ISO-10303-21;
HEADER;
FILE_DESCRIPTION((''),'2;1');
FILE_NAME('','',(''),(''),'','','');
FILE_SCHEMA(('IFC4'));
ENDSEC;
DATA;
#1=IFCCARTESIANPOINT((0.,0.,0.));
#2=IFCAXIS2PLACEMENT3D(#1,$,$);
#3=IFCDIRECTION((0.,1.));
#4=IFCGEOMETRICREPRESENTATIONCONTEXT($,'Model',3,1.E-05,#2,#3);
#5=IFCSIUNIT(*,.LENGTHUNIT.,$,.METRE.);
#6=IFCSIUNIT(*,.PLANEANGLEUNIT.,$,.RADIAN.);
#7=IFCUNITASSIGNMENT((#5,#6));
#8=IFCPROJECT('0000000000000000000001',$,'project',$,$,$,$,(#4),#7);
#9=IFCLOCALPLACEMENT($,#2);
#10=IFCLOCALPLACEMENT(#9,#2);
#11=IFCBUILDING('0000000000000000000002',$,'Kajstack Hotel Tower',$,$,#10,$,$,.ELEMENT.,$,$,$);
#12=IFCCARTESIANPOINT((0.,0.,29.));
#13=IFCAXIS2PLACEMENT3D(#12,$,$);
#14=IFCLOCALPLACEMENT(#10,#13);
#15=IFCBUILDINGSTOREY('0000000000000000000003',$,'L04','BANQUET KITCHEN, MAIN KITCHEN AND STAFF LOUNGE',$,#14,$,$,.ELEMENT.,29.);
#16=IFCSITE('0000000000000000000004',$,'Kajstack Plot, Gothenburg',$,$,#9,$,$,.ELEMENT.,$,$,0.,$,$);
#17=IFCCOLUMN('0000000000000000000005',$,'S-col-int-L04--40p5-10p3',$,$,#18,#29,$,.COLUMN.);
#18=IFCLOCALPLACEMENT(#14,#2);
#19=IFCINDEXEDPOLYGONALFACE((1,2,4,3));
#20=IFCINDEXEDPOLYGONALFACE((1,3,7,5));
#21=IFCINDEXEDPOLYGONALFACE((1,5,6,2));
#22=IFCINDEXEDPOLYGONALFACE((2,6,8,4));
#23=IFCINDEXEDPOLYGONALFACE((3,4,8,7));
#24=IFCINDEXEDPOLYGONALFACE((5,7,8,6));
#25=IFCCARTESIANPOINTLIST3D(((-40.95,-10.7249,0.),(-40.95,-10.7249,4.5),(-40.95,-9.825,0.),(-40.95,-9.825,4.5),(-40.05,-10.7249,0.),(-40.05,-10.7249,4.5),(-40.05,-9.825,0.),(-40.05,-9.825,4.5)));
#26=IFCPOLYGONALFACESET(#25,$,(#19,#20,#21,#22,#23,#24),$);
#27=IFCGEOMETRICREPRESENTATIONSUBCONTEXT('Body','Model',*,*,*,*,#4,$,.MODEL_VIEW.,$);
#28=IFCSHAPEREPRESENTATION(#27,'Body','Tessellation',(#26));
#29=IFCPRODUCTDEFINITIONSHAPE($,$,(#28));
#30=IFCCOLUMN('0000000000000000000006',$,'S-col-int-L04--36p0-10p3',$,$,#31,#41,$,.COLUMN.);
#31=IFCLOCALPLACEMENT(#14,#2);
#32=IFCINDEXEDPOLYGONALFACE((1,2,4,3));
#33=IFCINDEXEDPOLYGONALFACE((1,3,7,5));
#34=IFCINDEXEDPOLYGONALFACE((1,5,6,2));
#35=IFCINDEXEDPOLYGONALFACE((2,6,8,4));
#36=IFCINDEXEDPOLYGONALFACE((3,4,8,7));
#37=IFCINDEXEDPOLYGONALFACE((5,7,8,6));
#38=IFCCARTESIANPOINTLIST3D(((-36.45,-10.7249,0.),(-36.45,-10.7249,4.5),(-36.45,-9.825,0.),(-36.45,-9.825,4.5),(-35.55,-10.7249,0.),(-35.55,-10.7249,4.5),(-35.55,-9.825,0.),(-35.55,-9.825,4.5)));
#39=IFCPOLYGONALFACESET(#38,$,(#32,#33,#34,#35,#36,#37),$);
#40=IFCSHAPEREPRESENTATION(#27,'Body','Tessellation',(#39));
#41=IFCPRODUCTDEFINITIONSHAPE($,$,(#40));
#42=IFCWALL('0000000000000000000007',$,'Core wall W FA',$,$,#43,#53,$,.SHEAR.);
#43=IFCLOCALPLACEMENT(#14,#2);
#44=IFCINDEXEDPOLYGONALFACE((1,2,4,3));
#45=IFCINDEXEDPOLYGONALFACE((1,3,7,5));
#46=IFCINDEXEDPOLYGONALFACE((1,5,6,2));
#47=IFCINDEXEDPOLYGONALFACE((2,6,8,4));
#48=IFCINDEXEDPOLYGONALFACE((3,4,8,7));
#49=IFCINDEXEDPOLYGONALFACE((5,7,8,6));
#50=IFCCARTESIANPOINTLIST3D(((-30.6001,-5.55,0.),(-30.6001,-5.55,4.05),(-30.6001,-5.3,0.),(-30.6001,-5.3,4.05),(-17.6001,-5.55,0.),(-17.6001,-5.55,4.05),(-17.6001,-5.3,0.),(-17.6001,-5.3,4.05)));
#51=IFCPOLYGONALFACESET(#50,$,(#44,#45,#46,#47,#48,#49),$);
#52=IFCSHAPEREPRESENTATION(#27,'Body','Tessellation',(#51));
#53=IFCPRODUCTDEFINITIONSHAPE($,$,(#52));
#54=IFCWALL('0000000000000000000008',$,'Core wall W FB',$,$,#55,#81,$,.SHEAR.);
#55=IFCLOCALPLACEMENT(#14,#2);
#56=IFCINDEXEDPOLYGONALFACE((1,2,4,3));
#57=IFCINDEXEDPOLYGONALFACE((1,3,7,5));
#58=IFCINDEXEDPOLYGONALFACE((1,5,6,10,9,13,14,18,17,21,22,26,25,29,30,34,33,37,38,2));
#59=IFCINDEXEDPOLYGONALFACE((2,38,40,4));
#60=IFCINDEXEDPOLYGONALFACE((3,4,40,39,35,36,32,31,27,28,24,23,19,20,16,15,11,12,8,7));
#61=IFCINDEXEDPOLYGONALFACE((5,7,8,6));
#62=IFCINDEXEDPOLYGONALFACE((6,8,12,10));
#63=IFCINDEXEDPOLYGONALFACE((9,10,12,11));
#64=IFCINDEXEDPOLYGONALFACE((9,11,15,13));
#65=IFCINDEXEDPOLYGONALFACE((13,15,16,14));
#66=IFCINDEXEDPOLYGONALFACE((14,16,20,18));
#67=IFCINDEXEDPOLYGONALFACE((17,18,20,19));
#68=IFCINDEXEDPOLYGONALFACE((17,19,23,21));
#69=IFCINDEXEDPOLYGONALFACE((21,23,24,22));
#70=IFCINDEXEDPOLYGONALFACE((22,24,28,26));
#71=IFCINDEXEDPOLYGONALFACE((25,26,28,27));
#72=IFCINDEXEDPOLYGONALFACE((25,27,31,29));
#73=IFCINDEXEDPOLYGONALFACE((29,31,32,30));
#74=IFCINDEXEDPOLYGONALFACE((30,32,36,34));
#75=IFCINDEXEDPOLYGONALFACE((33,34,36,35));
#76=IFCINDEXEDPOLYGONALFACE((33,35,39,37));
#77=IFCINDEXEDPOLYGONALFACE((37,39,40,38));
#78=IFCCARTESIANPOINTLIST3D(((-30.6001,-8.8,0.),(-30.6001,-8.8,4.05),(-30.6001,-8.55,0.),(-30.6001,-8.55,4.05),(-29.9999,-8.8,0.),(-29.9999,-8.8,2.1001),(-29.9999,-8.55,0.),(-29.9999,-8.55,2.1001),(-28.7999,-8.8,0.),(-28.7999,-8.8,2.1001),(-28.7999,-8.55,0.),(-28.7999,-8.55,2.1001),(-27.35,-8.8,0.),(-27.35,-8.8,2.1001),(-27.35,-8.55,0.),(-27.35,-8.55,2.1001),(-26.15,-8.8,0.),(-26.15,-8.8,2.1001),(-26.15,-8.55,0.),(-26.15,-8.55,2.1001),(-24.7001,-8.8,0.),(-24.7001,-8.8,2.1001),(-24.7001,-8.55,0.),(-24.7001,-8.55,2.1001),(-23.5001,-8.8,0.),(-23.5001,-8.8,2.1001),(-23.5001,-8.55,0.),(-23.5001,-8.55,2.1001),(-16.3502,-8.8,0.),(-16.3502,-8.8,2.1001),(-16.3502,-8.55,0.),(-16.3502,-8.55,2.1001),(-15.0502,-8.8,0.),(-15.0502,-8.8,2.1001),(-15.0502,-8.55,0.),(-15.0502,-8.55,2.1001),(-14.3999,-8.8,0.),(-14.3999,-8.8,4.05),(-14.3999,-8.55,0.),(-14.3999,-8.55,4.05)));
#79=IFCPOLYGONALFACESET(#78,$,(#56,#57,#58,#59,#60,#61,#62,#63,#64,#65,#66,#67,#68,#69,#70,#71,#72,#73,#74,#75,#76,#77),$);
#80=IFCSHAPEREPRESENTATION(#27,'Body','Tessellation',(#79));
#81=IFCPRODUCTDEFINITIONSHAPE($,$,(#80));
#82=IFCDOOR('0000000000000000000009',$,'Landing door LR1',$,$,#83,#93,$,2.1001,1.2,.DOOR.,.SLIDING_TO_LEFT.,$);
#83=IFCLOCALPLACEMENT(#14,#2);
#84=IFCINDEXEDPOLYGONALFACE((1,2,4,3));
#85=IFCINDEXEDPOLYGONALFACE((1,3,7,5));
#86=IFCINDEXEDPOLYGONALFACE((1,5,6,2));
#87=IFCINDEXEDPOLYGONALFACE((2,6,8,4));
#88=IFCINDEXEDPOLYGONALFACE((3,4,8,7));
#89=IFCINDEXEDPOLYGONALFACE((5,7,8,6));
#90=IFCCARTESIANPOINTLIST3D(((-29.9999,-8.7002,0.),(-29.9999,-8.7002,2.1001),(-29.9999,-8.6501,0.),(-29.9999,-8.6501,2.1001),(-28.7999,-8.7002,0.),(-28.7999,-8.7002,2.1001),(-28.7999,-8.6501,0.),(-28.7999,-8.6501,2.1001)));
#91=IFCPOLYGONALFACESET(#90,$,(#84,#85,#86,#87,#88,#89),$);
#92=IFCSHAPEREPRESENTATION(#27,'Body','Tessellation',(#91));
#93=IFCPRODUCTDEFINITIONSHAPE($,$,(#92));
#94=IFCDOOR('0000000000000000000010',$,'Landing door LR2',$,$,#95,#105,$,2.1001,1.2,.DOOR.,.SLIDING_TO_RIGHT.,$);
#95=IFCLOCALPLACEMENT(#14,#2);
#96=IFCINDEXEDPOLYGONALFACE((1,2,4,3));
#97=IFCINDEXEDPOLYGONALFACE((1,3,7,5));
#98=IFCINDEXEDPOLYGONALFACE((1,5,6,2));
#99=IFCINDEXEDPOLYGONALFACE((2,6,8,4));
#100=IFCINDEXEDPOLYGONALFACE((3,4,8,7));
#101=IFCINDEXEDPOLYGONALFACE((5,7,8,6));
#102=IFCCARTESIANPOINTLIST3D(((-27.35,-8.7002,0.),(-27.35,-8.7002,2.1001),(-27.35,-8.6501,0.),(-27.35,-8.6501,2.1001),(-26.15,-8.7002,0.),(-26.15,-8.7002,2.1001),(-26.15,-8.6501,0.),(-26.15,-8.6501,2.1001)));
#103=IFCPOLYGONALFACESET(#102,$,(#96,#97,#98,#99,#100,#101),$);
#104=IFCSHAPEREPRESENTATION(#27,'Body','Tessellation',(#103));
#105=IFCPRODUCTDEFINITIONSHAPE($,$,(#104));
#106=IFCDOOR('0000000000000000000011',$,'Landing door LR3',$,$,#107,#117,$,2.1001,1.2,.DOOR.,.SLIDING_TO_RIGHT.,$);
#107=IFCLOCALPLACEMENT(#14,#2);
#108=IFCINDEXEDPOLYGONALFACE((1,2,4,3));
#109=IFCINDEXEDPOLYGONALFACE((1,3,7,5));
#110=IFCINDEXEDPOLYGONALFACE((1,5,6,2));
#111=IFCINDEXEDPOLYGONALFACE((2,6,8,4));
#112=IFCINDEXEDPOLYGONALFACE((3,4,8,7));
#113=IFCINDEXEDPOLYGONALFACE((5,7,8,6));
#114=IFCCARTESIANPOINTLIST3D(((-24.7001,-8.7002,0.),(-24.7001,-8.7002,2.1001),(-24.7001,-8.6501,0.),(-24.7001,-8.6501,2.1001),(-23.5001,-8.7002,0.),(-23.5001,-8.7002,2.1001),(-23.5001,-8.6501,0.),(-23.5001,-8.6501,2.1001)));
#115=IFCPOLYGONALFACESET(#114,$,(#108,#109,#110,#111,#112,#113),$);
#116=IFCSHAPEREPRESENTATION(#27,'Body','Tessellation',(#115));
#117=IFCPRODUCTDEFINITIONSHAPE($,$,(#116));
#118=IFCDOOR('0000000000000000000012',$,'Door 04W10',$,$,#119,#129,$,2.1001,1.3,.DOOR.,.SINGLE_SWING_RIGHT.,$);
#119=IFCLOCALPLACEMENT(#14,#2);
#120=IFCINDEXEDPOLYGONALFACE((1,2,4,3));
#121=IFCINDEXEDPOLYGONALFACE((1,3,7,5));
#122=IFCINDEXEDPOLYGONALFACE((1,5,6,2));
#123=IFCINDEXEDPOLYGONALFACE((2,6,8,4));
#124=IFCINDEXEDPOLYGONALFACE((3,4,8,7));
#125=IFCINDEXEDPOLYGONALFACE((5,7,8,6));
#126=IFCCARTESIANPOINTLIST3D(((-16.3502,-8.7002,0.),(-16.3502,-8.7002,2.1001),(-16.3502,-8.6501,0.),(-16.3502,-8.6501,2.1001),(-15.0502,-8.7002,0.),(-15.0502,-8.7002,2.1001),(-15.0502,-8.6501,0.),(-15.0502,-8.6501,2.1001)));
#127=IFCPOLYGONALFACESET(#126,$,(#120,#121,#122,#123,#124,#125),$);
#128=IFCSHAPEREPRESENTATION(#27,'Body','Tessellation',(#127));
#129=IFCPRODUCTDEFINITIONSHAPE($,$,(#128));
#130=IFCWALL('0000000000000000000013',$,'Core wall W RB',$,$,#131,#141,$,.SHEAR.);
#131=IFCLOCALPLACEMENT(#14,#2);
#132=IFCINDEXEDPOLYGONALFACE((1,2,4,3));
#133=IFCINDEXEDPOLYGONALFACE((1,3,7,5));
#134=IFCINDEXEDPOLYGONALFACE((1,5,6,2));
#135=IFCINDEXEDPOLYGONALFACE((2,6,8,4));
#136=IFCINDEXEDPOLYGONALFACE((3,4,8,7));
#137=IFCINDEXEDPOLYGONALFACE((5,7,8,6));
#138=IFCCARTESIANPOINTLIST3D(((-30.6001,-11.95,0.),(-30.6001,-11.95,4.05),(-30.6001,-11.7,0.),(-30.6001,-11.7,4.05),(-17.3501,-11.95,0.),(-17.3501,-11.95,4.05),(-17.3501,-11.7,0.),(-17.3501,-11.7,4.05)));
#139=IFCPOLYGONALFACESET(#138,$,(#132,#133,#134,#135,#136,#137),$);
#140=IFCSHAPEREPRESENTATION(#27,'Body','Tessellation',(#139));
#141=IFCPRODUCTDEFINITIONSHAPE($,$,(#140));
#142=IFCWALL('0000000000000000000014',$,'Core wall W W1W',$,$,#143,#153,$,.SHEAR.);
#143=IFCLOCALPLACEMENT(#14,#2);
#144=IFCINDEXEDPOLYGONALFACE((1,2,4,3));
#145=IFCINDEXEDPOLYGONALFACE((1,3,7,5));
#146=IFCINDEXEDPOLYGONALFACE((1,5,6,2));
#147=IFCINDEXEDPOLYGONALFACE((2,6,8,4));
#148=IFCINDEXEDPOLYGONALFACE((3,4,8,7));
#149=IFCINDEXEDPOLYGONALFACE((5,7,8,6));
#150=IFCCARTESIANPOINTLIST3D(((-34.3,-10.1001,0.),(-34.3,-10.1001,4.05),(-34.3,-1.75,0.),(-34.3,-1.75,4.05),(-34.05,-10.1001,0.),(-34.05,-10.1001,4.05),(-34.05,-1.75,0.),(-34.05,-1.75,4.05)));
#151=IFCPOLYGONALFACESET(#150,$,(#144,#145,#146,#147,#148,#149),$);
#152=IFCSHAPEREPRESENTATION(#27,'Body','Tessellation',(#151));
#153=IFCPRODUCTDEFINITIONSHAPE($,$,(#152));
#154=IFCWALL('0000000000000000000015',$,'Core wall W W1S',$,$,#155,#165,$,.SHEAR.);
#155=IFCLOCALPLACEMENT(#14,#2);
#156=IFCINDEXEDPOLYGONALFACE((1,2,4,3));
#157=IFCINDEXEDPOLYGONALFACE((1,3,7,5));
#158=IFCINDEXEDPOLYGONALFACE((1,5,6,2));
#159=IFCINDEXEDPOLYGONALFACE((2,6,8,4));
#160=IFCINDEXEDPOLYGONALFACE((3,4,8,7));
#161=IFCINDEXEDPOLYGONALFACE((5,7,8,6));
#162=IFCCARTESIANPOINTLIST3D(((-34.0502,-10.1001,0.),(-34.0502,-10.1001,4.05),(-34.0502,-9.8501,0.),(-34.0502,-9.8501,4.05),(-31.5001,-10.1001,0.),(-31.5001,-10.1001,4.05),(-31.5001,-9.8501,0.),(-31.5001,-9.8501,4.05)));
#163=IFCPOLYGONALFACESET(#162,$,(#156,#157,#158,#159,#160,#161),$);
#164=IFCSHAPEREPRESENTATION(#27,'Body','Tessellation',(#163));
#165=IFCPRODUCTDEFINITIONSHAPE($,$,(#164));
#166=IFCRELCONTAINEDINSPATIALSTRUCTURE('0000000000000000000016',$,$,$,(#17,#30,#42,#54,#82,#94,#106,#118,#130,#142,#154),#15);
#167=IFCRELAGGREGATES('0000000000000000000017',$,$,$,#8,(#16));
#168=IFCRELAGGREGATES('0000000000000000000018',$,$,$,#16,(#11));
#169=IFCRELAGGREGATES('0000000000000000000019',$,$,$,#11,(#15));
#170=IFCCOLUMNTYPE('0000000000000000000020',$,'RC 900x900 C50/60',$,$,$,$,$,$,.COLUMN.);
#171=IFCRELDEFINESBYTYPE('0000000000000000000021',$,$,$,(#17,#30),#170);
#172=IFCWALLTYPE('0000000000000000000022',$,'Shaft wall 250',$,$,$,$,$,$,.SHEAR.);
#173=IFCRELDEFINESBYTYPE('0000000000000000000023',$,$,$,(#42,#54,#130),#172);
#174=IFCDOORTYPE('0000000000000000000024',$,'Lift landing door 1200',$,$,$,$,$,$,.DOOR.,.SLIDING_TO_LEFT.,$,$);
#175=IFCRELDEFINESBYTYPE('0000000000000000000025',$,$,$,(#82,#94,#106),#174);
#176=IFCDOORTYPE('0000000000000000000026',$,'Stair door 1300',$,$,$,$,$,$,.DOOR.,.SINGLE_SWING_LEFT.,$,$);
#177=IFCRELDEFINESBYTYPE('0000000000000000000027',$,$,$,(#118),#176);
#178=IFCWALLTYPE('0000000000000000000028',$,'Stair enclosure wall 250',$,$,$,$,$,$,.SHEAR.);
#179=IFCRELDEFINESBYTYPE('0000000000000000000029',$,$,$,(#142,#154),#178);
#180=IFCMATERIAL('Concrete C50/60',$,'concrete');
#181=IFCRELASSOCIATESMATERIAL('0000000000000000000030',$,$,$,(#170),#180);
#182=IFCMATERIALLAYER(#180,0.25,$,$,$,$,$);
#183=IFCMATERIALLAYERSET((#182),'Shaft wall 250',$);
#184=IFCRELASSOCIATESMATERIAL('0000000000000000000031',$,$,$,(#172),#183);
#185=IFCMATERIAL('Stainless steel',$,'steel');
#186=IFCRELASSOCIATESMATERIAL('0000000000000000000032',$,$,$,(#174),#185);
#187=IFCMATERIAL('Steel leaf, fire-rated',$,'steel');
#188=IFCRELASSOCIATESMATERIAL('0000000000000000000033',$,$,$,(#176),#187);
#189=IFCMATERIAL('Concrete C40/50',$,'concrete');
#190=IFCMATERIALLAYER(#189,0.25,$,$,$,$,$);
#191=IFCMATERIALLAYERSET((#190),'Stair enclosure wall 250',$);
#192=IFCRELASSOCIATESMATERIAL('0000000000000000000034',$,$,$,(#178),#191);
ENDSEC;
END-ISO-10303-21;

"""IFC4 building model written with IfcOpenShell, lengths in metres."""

from ifc_helpers import new_model, si_unit, direction, frame, frame_2d, origin, origin_2d, place, context, subcontext, project, spatial, rectangle, extrude, material, layer, layer_set, material_profile, profile_set, type_object, element, fill, save


model = new_model("IFC4")

# Units and contexts
model_context = context("Model", 3, precision=1e-05, world=origin(), true_north=direction((0.0, 1.0)))
body_context = subcontext(model_context, "Body", "Model", "MODEL_VIEW")
ifc_project = project(units=[si_unit("LENGTHUNIT", "METRE"), si_unit("PLANEANGLEUNIT", "RADIAN")], contexts=[model_context])

# Site, building, storey
site_placement = place(None, origin())
site = spatial("IfcSite", under=ifc_project, at=site_placement, Name="Kajstack Plot, Gothenburg", CompositionType="ELEMENT", RefElevation=0.0)
building_placement = place(site_placement, origin())
building = spatial("IfcBuilding", under=site, at=building_placement, Name="Kajstack Hotel Tower", CompositionType="ELEMENT")
storey_placement = place(building_placement, frame((0.0, 0.0, 29.0)))
storey = spatial("IfcBuildingStorey", under=building, at=storey_placement, Name="L04", Description="BANQUET KITCHEN, MAIN KITCHEN AND STAFF LOUNGE", CompositionType="ELEMENT", Elevation=29.0)

# Columns
ifc_material_1 = material(Name="Concrete C50/60", Category="concrete")
ifc_material_profile = material_profile(ifc_material_1, rectangle(XDim=0.8999, YDim=0.8999, at=origin_2d()), Name="RC 900x900")
ifc_profile_set = profile_set([ifc_material_profile], Name="Concrete C50/60")
column_type = type_object("IfcColumnType", Name="RC 900x900 C50/60", PredefinedType="COLUMN", material=ifc_profile_set)
for number, where, z_axis, x_axis, name in (
    (1, (-40.5, -10.2749, 0.0), (0.0, 0.0, 1.0), (1.0, 0.0, 0.0), "S-col-int-L04--40p5-10p3"),
    (2, (-36.0, -10.2749, 0.0), (0.0, 0.0, 1.0), (1.0, 0.0, 0.0), "S-col-int-L04--36p0-10p3"),
):
    element("IfcColumn", number, at=place(storey_placement, frame(where, z_axis=z_axis, x_axis=x_axis)), inside=storey, type_object=column_type, Name=name, PredefinedType="COLUMN", context=body_context, shape_type="SweptSolid", body=[
        extrude(rectangle(XDim=0.8999, YDim=0.8999, at=origin_2d()), origin(), (0.0, 0.0, 1.0), 4.5),
    ])

# Wall
ifc_layer_1 = layer(ifc_material_1, 0.25)
ifc_layer_set_1 = layer_set([ifc_layer_1], Name="Shaft wall 250")
wall_type_1 = type_object("IfcWallType", Name="Shaft wall 250", PredefinedType="SHEAR", material=ifc_layer_set_1)
wall_1_placement = place(storey_placement, frame((-30.6001, -5.425, 0.0), z_axis=(0.0, 0.0, 1.0), x_axis=(1.0, 0.0, 0.0)))
element("IfcWall", 3, at=wall_1_placement, inside=storey, type_object=wall_type_1, Name="Core wall W FA", PredefinedType="SHEAR", context=body_context, shape_type="SweptSolid", body=[
    extrude(rectangle(XDim=13.0, YDim=0.25, at=frame_2d((6.5, 0.0))), origin(), (0.0, 0.0, 1.0), 4.05),
])

# Wall, openings, doors
wall_2_placement = place(storey_placement, frame((-30.6001, -8.675, 0.0), z_axis=(0.0, 0.0, 1.0), x_axis=(1.0, 0.0, 0.0)))
wall_2 = element("IfcWall", 4, at=wall_2_placement, inside=storey, type_object=wall_type_1, Name="Core wall W FB", PredefinedType="SHEAR", context=body_context, shape_type="SweptSolid", body=[
    extrude(rectangle(XDim=16.2002, YDim=0.25, at=frame_2d((8.1001, 0.0))), origin(), (0.0, 0.0, 1.0), 4.05),
])
opening_1_placement = place(wall_2_placement, frame((0.6001, 0.0, 0.0)))
opening_1 = element("IfcOpeningElement", 5, at=opening_1_placement, cuts=wall_2, PredefinedType="OPENING", context=body_context, shape_type="SweptSolid", body=[
    extrude(rectangle(XDim=1.2, YDim=2.1001, at=frame_2d((0.6001, 1.05))), frame((0.0, 0.135, 0.0), z_axis=(0.0, -1.0, 0.0), x_axis=(1.0, 0.0, 0.0)), (0.0, 0.0, 1.0), 0.27),
])
opening_2_placement = place(wall_2_placement, frame((3.25, 0.0, 0.0)))
opening_2 = element("IfcOpeningElement", 6, at=opening_2_placement, cuts=wall_2, PredefinedType="OPENING", context=body_context, shape_type="SweptSolid", body=[
    extrude(rectangle(XDim=1.2, YDim=2.1001, at=frame_2d((0.6001, 1.05))), frame((0.0, 0.135, 0.0), z_axis=(0.0, -1.0, 0.0), x_axis=(1.0, 0.0, 0.0)), (0.0, 0.0, 1.0), 0.27),
])
opening_3_placement = place(wall_2_placement, frame((5.8999, 0.0, 0.0)))
opening_3 = element("IfcOpeningElement", 7, at=opening_3_placement, cuts=wall_2, PredefinedType="OPENING", context=body_context, shape_type="SweptSolid", body=[
    extrude(rectangle(XDim=1.2, YDim=2.1001, at=frame_2d((0.6001, 1.05))), frame((0.0, 0.135, 0.0), z_axis=(0.0, -1.0, 0.0), x_axis=(1.0, 0.0, 0.0)), (0.0, 0.0, 1.0), 0.27),
])
opening_4_placement = place(wall_2_placement, frame((14.25, 0.0, 0.0)))
opening_4 = element("IfcOpeningElement", 8, at=opening_4_placement, cuts=wall_2, PredefinedType="OPENING", context=body_context, shape_type="SweptSolid", body=[
    extrude(rectangle(XDim=1.3, YDim=2.1001, at=frame_2d((0.6499, 1.05))), frame((0.0, 0.135, 0.0), z_axis=(0.0, -1.0, 0.0), x_axis=(1.0, 0.0, 0.0)), (0.0, 0.0, 1.0), 0.27),
])
ifc_material_2 = material(Name="Stainless steel", Category="steel")
door_type_1 = type_object("IfcDoorType", Name="Lift landing door 1200", OperationType="SLIDING_TO_LEFT", PredefinedType="DOOR", material=ifc_material_2)
door_1_placement = place(opening_1_placement, origin())
door_1 = element("IfcDoor", 9, at=door_1_placement, inside=storey, type_object=door_type_1, Name="Landing door LR1", OperationType="SLIDING_TO_LEFT", OverallHeight=2.1001, OverallWidth=1.2, PredefinedType="DOOR", context=body_context, shape_type="SweptSolid", body=[
    extrude(rectangle(XDim=1.2, YDim=2.1001, at=frame_2d((0.6001, 1.05))), frame((0.0, 0.0249, 0.0), z_axis=(0.0, -1.0, 0.0), x_axis=(1.0, 0.0, 0.0)), (0.0, 0.0, 1.0), 0.05),
])
fill(opening_1, door_1)
door_2_placement = place(opening_2_placement, origin())
door_2 = element("IfcDoor", 10, at=door_2_placement, inside=storey, type_object=door_type_1, Name="Landing door LR2", OperationType="SLIDING_TO_RIGHT", OverallHeight=2.1001, OverallWidth=1.2, PredefinedType="DOOR", context=body_context, shape_type="SweptSolid", body=[
    extrude(rectangle(XDim=1.2, YDim=2.1001, at=frame_2d((0.6001, 1.05))), frame((0.0, 0.0249, 0.0), z_axis=(0.0, -1.0, 0.0), x_axis=(1.0, 0.0, 0.0)), (0.0, 0.0, 1.0), 0.05),
])
fill(opening_2, door_2)
door_3_placement = place(opening_3_placement, origin())
door_3 = element("IfcDoor", 11, at=door_3_placement, inside=storey, type_object=door_type_1, Name="Landing door LR3", OperationType="SLIDING_TO_RIGHT", OverallHeight=2.1001, OverallWidth=1.2, PredefinedType="DOOR", context=body_context, shape_type="SweptSolid", body=[
    extrude(rectangle(XDim=1.2, YDim=2.1001, at=frame_2d((0.6001, 1.05))), frame((0.0, 0.0249, 0.0), z_axis=(0.0, -1.0, 0.0), x_axis=(1.0, 0.0, 0.0)), (0.0, 0.0, 1.0), 0.05),
])
fill(opening_3, door_3)
ifc_material_3 = material(Name="Steel leaf, fire-rated", Category="steel")
door_type_2 = type_object("IfcDoorType", Name="Stair door 1300", OperationType="SINGLE_SWING_LEFT", PredefinedType="DOOR", material=ifc_material_3)
door_4_placement = place(opening_4_placement, origin())
door_4 = element("IfcDoor", 12, at=door_4_placement, inside=storey, type_object=door_type_2, Name="Door 04W10", OperationType="SINGLE_SWING_RIGHT", OverallHeight=2.1001, OverallWidth=1.3, PredefinedType="DOOR", context=body_context, shape_type="SweptSolid", body=[
    extrude(rectangle(XDim=1.3, YDim=2.1001, at=frame_2d((0.6499, 1.05))), frame((0.0, 0.0249, 0.0), z_axis=(0.0, -1.0, 0.0), x_axis=(1.0, 0.0, 0.0)), (0.0, 0.0, 1.0), 0.05),
])
fill(opening_4, door_4)

# Walls
wall_3_placement = place(storey_placement, frame((-30.6001, -11.825, 0.0), z_axis=(0.0, 0.0, 1.0), x_axis=(1.0, 0.0, 0.0)))
element("IfcWall", 13, at=wall_3_placement, inside=storey, type_object=wall_type_1, Name="Core wall W RB", PredefinedType="SHEAR", context=body_context, shape_type="SweptSolid", body=[
    extrude(rectangle(XDim=13.25, YDim=0.25, at=frame_2d((6.625, 0.0))), origin(), (0.0, 0.0, 1.0), 4.05),
])
ifc_material_4 = material(Name="Concrete C40/50", Category="concrete")
ifc_layer_2 = layer(ifc_material_4, 0.25)
ifc_layer_set_2 = layer_set([ifc_layer_2], Name="Stair enclosure wall 250")
wall_type_2 = type_object("IfcWallType", Name="Stair enclosure wall 250", PredefinedType="SHEAR", material=ifc_layer_set_2)
wall_4_placement = place(storey_placement, frame((-34.175, -10.1001, 0.0), z_axis=(0.0, 0.0, 1.0), x_axis=(0.0, 1.0, 0.0)))
element("IfcWall", 14, at=wall_4_placement, inside=storey, type_object=wall_type_2, Name="Core wall W W1W", PredefinedType="SHEAR", context=body_context, shape_type="SweptSolid", body=[
    extrude(rectangle(XDim=8.3501, YDim=0.25, at=frame_2d((4.175, 0.0))), origin(), (0.0, 0.0, 1.0), 4.05),
])
wall_5_placement = place(storey_placement, frame((-34.05, -9.9751, 0.0), z_axis=(0.0, 0.0, 1.0), x_axis=(1.0, 0.0, 0.0)))
element("IfcWall", 15, at=wall_5_placement, inside=storey, type_object=wall_type_2, Name="Core wall W W1S", PredefinedType="SHEAR", context=body_context, shape_type="SweptSolid", body=[
    extrude(rectangle(XDim=2.55, YDim=0.25, at=frame_2d((1.2749, 0.0))), origin(), (0.0, 0.0, 1.0), 4.05),
])

save(model, "model.ifc")
